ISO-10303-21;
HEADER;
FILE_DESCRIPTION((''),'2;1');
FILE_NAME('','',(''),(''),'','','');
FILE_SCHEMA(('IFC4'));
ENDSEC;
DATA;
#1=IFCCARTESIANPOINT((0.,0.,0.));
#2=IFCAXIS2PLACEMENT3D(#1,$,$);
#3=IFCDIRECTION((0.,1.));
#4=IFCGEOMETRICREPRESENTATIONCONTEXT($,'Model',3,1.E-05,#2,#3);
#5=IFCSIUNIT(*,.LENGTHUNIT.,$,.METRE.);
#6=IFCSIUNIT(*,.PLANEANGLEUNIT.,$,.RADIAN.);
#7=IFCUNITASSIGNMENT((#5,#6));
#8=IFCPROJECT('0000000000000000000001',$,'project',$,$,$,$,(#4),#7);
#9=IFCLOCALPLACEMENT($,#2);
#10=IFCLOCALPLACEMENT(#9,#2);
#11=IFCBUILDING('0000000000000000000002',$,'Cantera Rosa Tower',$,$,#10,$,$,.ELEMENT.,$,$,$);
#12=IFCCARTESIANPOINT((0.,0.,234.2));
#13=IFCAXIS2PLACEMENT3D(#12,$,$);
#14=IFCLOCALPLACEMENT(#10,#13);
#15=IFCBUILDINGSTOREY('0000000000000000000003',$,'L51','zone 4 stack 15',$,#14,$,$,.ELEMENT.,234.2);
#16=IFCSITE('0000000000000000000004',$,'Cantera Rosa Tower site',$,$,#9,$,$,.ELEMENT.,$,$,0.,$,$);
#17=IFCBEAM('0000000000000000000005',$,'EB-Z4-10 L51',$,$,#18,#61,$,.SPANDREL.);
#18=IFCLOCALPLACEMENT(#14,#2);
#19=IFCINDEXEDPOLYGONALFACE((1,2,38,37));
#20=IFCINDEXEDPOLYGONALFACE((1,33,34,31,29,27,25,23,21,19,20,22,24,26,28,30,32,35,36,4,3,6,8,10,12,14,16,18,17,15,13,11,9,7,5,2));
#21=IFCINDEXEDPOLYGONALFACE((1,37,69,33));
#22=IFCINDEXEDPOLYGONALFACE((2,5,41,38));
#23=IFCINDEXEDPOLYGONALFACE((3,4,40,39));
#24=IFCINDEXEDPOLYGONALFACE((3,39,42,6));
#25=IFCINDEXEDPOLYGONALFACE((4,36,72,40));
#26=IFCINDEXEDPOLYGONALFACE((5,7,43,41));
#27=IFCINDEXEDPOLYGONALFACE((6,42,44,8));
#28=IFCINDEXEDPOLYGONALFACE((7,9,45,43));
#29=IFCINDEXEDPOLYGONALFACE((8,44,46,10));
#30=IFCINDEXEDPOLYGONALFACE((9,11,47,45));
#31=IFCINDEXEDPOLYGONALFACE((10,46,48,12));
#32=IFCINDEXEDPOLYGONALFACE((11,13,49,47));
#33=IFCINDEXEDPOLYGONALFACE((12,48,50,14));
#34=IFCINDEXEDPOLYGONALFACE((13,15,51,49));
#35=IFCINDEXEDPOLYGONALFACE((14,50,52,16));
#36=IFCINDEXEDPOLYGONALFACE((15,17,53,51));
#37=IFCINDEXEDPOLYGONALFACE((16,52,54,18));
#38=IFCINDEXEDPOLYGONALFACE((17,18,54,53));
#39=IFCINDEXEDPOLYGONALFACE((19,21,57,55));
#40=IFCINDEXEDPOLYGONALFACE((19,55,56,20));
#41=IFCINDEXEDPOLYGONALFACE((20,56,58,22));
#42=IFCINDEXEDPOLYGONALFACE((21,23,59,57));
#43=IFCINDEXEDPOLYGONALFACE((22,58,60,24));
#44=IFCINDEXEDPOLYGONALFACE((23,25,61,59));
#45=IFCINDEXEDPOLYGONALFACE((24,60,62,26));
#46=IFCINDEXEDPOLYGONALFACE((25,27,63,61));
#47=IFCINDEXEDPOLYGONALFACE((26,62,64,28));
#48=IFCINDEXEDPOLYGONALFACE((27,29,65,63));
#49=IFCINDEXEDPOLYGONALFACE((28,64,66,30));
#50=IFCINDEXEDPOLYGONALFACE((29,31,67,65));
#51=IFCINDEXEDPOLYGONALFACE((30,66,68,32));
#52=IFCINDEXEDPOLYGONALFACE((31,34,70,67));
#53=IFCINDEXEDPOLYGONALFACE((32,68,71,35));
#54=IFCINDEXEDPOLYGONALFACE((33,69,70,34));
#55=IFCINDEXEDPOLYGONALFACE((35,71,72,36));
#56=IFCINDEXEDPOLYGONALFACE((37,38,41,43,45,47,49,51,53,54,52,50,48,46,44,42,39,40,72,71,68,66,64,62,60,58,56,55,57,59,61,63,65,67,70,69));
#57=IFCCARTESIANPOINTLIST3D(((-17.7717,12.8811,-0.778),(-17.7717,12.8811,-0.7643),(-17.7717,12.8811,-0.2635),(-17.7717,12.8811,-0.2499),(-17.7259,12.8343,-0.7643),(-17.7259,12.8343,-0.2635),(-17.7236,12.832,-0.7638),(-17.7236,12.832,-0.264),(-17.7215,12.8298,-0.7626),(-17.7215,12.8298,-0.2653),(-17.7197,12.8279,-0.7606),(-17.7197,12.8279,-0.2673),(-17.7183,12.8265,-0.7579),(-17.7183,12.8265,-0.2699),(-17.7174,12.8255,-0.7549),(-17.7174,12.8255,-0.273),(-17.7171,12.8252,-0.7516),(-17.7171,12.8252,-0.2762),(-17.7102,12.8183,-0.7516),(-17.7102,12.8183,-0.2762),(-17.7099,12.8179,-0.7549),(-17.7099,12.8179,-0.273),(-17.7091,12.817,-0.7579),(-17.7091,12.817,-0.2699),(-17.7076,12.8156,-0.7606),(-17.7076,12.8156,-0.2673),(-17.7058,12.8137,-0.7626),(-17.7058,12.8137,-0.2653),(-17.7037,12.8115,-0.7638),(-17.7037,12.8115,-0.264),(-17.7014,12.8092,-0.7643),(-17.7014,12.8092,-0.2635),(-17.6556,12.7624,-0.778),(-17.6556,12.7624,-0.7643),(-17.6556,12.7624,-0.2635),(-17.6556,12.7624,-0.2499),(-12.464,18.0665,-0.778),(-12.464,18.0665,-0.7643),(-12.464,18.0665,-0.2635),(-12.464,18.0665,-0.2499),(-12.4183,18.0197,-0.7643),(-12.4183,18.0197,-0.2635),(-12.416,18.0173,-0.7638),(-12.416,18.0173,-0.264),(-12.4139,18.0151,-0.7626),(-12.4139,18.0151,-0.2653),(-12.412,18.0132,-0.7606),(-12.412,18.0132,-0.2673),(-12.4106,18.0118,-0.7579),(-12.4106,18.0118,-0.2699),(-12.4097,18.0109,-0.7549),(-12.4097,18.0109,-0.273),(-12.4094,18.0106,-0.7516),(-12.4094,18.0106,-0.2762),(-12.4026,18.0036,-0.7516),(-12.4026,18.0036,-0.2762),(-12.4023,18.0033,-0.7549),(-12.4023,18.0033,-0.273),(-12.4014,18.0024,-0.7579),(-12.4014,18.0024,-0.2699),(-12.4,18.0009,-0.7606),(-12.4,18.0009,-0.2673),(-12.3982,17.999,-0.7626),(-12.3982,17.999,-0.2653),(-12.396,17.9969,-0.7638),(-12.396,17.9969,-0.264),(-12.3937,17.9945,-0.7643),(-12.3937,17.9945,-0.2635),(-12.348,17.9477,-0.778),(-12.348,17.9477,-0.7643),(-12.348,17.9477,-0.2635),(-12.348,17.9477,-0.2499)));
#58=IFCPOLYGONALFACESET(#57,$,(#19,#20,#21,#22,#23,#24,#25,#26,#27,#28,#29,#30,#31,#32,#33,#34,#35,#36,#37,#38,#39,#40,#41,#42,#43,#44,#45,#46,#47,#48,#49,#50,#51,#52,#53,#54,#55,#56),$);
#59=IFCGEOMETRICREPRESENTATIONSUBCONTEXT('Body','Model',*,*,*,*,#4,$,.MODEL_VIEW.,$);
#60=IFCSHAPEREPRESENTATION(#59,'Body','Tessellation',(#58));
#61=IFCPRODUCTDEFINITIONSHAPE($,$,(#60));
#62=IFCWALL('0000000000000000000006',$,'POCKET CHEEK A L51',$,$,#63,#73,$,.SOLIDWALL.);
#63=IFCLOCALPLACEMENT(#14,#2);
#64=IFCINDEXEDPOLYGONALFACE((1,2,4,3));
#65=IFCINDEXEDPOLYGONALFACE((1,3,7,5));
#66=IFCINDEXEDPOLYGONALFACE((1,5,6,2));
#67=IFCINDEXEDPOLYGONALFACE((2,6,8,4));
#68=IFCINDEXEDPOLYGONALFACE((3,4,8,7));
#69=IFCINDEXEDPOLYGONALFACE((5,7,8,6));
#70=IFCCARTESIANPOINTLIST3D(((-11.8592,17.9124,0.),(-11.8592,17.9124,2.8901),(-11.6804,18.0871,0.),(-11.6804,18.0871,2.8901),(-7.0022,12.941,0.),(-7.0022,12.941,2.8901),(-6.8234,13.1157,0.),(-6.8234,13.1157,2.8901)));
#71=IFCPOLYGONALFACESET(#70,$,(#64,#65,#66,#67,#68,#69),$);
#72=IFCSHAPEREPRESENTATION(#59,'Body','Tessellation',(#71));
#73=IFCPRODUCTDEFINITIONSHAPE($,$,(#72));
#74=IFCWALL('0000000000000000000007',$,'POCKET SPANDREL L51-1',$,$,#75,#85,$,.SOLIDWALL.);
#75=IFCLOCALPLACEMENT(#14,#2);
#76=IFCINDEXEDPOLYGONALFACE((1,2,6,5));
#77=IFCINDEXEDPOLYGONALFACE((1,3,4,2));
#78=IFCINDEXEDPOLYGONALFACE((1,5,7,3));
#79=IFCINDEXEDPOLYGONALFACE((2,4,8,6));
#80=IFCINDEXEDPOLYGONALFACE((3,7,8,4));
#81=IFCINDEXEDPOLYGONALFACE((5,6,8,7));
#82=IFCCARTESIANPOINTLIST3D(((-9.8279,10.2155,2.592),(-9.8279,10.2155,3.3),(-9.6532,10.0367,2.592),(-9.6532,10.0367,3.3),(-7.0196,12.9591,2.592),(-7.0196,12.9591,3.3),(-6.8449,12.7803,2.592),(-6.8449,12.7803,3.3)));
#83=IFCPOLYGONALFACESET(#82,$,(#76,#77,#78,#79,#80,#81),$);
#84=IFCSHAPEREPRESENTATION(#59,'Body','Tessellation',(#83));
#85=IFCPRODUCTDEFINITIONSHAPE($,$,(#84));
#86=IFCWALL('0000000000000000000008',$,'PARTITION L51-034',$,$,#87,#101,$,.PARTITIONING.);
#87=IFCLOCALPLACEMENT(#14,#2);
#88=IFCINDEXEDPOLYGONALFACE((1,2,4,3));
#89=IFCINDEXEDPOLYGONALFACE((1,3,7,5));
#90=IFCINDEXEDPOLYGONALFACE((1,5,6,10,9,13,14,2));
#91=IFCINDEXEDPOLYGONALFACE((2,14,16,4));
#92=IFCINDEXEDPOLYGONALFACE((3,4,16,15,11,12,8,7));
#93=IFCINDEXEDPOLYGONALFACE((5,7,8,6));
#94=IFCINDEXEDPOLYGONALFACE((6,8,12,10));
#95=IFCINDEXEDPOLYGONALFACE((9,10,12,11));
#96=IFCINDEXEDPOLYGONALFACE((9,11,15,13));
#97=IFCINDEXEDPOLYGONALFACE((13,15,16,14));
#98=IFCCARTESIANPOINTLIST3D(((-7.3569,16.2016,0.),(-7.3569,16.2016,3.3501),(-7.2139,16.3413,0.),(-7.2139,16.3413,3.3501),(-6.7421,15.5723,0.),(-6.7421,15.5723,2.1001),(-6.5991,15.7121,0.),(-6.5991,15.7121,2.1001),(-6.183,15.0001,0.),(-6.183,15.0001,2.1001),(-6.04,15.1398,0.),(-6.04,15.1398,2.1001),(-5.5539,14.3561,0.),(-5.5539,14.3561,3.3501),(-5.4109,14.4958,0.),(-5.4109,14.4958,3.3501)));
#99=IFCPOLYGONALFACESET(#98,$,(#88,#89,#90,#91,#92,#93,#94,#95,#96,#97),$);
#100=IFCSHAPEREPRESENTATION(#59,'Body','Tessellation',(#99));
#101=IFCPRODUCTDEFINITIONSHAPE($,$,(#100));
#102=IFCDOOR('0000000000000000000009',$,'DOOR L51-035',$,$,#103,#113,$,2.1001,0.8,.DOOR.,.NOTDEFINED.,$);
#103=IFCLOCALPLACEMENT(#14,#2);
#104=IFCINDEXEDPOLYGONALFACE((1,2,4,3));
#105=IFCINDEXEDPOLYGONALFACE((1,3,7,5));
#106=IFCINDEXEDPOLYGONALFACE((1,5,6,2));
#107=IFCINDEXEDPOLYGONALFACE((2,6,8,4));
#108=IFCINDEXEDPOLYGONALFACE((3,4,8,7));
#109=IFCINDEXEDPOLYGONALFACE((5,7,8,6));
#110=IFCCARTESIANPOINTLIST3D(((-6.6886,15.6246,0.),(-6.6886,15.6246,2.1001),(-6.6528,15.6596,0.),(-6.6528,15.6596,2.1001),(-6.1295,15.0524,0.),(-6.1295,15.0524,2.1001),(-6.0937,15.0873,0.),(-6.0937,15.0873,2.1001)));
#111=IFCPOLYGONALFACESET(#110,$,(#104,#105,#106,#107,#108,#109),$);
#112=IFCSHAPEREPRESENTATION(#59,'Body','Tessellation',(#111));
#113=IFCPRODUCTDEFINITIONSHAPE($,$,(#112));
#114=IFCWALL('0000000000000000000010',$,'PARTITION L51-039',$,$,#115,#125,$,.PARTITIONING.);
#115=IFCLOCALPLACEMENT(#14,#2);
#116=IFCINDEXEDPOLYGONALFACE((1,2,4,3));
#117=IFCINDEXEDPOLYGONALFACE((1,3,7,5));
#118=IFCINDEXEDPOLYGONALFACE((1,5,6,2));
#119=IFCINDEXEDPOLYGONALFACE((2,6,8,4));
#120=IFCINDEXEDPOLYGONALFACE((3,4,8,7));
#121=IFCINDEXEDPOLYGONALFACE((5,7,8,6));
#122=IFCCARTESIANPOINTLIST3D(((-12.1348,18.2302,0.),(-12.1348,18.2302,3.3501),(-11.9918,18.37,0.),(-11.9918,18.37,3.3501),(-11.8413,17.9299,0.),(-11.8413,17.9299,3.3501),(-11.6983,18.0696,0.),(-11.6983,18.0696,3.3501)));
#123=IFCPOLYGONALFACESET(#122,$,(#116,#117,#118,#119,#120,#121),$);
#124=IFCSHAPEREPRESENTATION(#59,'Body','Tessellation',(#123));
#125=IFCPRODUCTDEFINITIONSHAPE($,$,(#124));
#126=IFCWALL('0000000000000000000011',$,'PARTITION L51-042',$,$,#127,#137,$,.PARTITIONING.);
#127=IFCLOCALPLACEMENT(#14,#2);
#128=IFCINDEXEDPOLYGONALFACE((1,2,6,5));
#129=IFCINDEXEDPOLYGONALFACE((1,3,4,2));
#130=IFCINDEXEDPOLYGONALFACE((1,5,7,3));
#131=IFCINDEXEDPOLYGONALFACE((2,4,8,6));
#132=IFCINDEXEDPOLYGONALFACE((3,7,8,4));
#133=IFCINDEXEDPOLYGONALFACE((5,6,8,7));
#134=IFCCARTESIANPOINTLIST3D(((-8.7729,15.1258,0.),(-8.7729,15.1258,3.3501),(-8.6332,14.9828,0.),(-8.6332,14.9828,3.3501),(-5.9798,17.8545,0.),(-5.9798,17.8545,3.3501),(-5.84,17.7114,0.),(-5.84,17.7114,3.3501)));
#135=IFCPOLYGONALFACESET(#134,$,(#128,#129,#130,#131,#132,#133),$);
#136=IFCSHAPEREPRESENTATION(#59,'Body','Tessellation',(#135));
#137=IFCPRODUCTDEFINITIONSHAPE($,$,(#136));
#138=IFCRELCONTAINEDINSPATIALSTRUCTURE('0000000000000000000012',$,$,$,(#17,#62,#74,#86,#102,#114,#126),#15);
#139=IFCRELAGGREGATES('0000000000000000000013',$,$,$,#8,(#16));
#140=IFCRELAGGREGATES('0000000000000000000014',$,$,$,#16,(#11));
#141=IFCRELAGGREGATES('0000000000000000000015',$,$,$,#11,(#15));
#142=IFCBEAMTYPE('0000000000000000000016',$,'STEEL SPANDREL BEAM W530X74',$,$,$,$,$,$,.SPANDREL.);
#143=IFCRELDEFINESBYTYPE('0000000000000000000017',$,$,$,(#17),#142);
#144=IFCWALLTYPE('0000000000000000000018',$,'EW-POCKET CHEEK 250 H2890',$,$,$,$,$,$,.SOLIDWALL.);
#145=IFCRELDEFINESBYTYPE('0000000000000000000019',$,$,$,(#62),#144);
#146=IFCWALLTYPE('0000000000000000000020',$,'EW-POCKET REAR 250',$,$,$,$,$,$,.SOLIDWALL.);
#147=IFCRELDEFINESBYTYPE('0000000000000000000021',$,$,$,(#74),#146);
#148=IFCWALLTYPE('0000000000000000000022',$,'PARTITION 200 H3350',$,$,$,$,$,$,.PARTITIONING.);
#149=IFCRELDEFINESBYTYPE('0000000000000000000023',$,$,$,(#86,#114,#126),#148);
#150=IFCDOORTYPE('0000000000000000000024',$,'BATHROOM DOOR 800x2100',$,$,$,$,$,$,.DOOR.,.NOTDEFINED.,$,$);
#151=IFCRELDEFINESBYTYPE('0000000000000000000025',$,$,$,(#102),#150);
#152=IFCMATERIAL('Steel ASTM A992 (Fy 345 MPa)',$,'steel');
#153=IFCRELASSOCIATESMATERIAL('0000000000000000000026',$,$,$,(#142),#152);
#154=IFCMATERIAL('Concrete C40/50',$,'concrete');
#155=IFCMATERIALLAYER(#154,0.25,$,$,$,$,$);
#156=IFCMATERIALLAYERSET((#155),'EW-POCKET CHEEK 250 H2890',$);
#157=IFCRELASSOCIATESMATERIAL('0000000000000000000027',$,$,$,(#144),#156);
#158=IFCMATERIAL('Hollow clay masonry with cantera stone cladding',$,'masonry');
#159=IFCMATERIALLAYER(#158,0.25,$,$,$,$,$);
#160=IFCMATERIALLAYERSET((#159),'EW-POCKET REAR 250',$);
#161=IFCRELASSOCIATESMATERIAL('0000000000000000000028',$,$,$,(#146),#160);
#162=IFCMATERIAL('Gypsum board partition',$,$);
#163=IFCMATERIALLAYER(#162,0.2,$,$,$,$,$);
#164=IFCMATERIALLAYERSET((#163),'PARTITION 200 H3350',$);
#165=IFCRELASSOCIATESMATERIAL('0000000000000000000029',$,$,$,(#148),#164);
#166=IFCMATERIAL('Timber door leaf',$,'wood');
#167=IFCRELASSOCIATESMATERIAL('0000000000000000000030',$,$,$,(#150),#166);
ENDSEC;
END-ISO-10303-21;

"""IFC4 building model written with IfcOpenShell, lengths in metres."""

from ifc_helpers import new_model, si_unit, direction, frame, frame_2d, origin, origin_2d, place, context, subcontext, project, spatial, rectangle, i_section, extrude, material, layer, layer_set, material_profile, profile_set, type_object, element, fill, save


model = new_model("IFC4")

# Units and contexts
model_context = context("Model", 3, precision=1e-05, world=origin(), true_north=direction((0.0, 1.0)))
body_context = subcontext(model_context, "Body", "Model", "MODEL_VIEW")
ifc_project = project(units=[si_unit("LENGTHUNIT", "METRE"), si_unit("PLANEANGLEUNIT", "RADIAN")], contexts=[model_context])

# Site, building, storey
site_placement = place(None, origin())
site = spatial("IfcSite", under=ifc_project, at=site_placement, Name="Cantera Rosa Tower site", CompositionType="ELEMENT", RefElevation=0.0)
building_placement = place(site_placement, origin())
building = spatial("IfcBuilding", under=site, at=building_placement, Name="Cantera Rosa Tower", CompositionType="ELEMENT")
storey_placement = place(building_placement, frame((0.0, 0.0, 234.2)))
storey = spatial("IfcBuildingStorey", under=building, at=storey_placement, Name="L51", Description="zone 4 stack 15", CompositionType="ELEMENT", Elevation=234.2)

# Beam
ifc_material_1 = material(Name="Steel ASTM A992 (Fy 345 MPa)", Category="steel")
ifc_material_profile_1 = material_profile(ifc_material_1, i_section(OverallWidth=0.166, OverallDepth=0.5281, WebThickness=0.0098, FlangeThickness=0.0137, FilletRadius=0.0127, at=origin_2d()), Name="W530X74")
ifc_profile_set_1 = profile_set([ifc_material_profile_1], Name="Steel ASTM A992 (Fy 345 MPa)")
beam_type_1 = type_object("IfcBeamType", Name="STEEL SPANDREL BEAM W530X74", PredefinedType="SPANDREL", material=ifc_profile_set_1)
beam_1_placement = place(storey_placement, frame((-12.406, 18.0071, -0.5139), z_axis=(-0.715301, -0.698817, 0.0), x_axis=(0.698817, -0.715301, 0.0)))
element("IfcBeam", 1, at=beam_1_placement, inside=storey, type_object=beam_type_1, Name="EB-Z4-10 L51", PredefinedType="SPANDREL", context=body_context, shape_type="SweptSolid", body=[
    extrude(i_section(OverallWidth=0.166, OverallDepth=0.5281, WebThickness=0.0098, FlangeThickness=0.0137, FilletRadius=0.0127, at=origin_2d()), origin(), (0.0, 0.0, 1.0), 7.4202),
])

# Walls
ifc_material_2 = material(Name="Concrete C40/50", Category="concrete")
ifc_layer_1 = layer(ifc_material_2, 0.25)
ifc_layer_set_1 = layer_set([ifc_layer_1], Name="EW-POCKET CHEEK 250 H2890")
wall_type_1 = type_object("IfcWallType", Name="EW-POCKET CHEEK 250 H2890", PredefinedType="SOLIDWALL", material=ifc_layer_set_1)
wall_1_placement = place(storey_placement, frame((-11.7698, 17.9998, 0.0), z_axis=(0.0, 0.0, 1.0), x_axis=(0.698821, -0.715296, 0.0)))
element("IfcWall", 2, at=wall_1_placement, inside=storey, type_object=wall_type_1, Name="POCKET CHEEK A L51", PredefinedType="SOLIDWALL", context=body_context, shape_type="SweptSolid", body=[
    extrude(rectangle(XDim=6.9502, YDim=0.25, at=frame_2d((3.4751, 0.0))), origin(), (0.0, 0.0, 1.0), 2.8901),
])
ifc_material_3 = material(Name="Hollow clay masonry with cantera stone cladding", Category="masonry")
ifc_layer_2 = layer(ifc_material_3, 0.25)
ifc_layer_set_2 = layer_set([ifc_layer_2], Name="EW-POCKET REAR 250")
wall_type_2 = type_object("IfcWallType", Name="EW-POCKET REAR 250", PredefinedType="SOLIDWALL", material=ifc_layer_set_2)
wall_2_placement = place(storey_placement, frame((-6.9324, 12.8696, 2.592), z_axis=(0.0, 0.0, 1.0), x_axis=(-0.715298, -0.698819, 0.0)))
element("IfcWall", 3, at=wall_2_placement, inside=storey, type_object=wall_type_2, Name="POCKET SPANDREL L51-1", PredefinedType="SOLIDWALL", context=body_context, shape_type="SweptSolid", body=[
    extrude(rectangle(XDim=3.926, YDim=0.25, at=frame_2d((1.9629, 0.0))), origin(), (0.0, 0.0, 1.0), 0.708),
])

# Wall, opening, door
ifc_material_4 = material(Name="Gypsum board partition")
ifc_layer_3 = layer(ifc_material_4, 0.2)
ifc_layer_set_3 = layer_set([ifc_layer_3], Name="PARTITION 200 H3350")
wall_type_3 = type_object("IfcWallType", Name="PARTITION 200 H3350", PredefinedType="PARTITIONING", material=ifc_layer_set_3)
wall_3_placement = place(storey_placement, frame((-7.2854, 16.2715, 0.0), z_axis=(0.0, 0.0, 1.0), x_axis=(0.698826, -0.715291, 0.0)))
wall_3 = element("IfcWall", 4, at=wall_3_placement, inside=storey, type_object=wall_type_3, Name="PARTITION L51-034", PredefinedType="PARTITIONING", context=body_context, shape_type="SweptSolid", body=[
    extrude(rectangle(XDim=2.5801, YDim=0.2, at=frame_2d((1.29, 0.0))), origin(), (0.0, 0.0, 1.0), 3.3501),
])
opening_1_placement = place(wall_3_placement, frame((0.8799, 0.0, 0.0)))
opening_1 = element("IfcOpeningElement", 5, at=opening_1_placement, cuts=wall_3, PredefinedType="OPENING", context=body_context, shape_type="SweptSolid", body=[
    extrude(rectangle(XDim=0.8, YDim=2.1001, at=frame_2d((0.3999, 1.05))), frame((0.0, 0.1099, 0.0), z_axis=(0.0, -1.0, 0.0), x_axis=(1.0, 0.0, 0.0)), (0.0, 0.0, 1.0), 0.22),
])
ifc_material_5 = material(Name="Timber door leaf", Category="wood")
door_type_1 = type_object("IfcDoorType", Name="BATHROOM DOOR 800x2100", OperationType="NOTDEFINED", PredefinedType="DOOR", material=ifc_material_5)
door_1_placement = place(opening_1_placement, origin())
door_1 = element("IfcDoor", 6, at=door_1_placement, inside=storey, type_object=door_type_1, Name="DOOR L51-035", OperationType="NOTDEFINED", OverallHeight=2.1001, OverallWidth=0.8, PredefinedType="DOOR", context=body_context, shape_type="SweptSolid", body=[
    extrude(rectangle(XDim=0.8, YDim=2.1001, at=frame_2d((0.3999, 1.05))), frame((0.0, 0.0249, 0.0), z_axis=(0.0, -1.0, 0.0), x_axis=(1.0, 0.0, 0.0)), (0.0, 0.0, 1.0), 0.05),
])
fill(opening_1, door_1)

# Walls
wall_4_placement = place(storey_placement, frame((-11.7698, 17.9998, 0.0), z_axis=(0.0, 0.0, 1.0), x_axis=(-0.698919, 0.7152, 0.0)))
element("IfcWall", 7, at=wall_4_placement, inside=storey, type_object=wall_type_3, Name="PARTITION L51-039", PredefinedType="PARTITIONING", context=body_context, shape_type="SweptSolid", body=[
    extrude(rectangle(XDim=0.4199, YDim=0.2, at=frame_2d((0.21, 0.0))), origin(), (0.0, 0.0, 1.0), 3.3501),
])
wall_5_placement = place(storey_placement, frame((-5.9099, 17.783, 0.0), z_axis=(0.0, 0.0, 1.0), x_axis=(-0.715311, -0.698806, 0.0)))
element("IfcWall", 8, at=wall_5_placement, inside=storey, type_object=wall_type_3, Name="PARTITION L51-042", PredefinedType="PARTITIONING", context=body_context, shape_type="SweptSolid", body=[
    extrude(rectangle(XDim=3.9048, YDim=0.2, at=frame_2d((1.9524, 0.0))), origin(), (0.0, 0.0, 1.0), 3.3501),
])

save(model, "model.ifc")
